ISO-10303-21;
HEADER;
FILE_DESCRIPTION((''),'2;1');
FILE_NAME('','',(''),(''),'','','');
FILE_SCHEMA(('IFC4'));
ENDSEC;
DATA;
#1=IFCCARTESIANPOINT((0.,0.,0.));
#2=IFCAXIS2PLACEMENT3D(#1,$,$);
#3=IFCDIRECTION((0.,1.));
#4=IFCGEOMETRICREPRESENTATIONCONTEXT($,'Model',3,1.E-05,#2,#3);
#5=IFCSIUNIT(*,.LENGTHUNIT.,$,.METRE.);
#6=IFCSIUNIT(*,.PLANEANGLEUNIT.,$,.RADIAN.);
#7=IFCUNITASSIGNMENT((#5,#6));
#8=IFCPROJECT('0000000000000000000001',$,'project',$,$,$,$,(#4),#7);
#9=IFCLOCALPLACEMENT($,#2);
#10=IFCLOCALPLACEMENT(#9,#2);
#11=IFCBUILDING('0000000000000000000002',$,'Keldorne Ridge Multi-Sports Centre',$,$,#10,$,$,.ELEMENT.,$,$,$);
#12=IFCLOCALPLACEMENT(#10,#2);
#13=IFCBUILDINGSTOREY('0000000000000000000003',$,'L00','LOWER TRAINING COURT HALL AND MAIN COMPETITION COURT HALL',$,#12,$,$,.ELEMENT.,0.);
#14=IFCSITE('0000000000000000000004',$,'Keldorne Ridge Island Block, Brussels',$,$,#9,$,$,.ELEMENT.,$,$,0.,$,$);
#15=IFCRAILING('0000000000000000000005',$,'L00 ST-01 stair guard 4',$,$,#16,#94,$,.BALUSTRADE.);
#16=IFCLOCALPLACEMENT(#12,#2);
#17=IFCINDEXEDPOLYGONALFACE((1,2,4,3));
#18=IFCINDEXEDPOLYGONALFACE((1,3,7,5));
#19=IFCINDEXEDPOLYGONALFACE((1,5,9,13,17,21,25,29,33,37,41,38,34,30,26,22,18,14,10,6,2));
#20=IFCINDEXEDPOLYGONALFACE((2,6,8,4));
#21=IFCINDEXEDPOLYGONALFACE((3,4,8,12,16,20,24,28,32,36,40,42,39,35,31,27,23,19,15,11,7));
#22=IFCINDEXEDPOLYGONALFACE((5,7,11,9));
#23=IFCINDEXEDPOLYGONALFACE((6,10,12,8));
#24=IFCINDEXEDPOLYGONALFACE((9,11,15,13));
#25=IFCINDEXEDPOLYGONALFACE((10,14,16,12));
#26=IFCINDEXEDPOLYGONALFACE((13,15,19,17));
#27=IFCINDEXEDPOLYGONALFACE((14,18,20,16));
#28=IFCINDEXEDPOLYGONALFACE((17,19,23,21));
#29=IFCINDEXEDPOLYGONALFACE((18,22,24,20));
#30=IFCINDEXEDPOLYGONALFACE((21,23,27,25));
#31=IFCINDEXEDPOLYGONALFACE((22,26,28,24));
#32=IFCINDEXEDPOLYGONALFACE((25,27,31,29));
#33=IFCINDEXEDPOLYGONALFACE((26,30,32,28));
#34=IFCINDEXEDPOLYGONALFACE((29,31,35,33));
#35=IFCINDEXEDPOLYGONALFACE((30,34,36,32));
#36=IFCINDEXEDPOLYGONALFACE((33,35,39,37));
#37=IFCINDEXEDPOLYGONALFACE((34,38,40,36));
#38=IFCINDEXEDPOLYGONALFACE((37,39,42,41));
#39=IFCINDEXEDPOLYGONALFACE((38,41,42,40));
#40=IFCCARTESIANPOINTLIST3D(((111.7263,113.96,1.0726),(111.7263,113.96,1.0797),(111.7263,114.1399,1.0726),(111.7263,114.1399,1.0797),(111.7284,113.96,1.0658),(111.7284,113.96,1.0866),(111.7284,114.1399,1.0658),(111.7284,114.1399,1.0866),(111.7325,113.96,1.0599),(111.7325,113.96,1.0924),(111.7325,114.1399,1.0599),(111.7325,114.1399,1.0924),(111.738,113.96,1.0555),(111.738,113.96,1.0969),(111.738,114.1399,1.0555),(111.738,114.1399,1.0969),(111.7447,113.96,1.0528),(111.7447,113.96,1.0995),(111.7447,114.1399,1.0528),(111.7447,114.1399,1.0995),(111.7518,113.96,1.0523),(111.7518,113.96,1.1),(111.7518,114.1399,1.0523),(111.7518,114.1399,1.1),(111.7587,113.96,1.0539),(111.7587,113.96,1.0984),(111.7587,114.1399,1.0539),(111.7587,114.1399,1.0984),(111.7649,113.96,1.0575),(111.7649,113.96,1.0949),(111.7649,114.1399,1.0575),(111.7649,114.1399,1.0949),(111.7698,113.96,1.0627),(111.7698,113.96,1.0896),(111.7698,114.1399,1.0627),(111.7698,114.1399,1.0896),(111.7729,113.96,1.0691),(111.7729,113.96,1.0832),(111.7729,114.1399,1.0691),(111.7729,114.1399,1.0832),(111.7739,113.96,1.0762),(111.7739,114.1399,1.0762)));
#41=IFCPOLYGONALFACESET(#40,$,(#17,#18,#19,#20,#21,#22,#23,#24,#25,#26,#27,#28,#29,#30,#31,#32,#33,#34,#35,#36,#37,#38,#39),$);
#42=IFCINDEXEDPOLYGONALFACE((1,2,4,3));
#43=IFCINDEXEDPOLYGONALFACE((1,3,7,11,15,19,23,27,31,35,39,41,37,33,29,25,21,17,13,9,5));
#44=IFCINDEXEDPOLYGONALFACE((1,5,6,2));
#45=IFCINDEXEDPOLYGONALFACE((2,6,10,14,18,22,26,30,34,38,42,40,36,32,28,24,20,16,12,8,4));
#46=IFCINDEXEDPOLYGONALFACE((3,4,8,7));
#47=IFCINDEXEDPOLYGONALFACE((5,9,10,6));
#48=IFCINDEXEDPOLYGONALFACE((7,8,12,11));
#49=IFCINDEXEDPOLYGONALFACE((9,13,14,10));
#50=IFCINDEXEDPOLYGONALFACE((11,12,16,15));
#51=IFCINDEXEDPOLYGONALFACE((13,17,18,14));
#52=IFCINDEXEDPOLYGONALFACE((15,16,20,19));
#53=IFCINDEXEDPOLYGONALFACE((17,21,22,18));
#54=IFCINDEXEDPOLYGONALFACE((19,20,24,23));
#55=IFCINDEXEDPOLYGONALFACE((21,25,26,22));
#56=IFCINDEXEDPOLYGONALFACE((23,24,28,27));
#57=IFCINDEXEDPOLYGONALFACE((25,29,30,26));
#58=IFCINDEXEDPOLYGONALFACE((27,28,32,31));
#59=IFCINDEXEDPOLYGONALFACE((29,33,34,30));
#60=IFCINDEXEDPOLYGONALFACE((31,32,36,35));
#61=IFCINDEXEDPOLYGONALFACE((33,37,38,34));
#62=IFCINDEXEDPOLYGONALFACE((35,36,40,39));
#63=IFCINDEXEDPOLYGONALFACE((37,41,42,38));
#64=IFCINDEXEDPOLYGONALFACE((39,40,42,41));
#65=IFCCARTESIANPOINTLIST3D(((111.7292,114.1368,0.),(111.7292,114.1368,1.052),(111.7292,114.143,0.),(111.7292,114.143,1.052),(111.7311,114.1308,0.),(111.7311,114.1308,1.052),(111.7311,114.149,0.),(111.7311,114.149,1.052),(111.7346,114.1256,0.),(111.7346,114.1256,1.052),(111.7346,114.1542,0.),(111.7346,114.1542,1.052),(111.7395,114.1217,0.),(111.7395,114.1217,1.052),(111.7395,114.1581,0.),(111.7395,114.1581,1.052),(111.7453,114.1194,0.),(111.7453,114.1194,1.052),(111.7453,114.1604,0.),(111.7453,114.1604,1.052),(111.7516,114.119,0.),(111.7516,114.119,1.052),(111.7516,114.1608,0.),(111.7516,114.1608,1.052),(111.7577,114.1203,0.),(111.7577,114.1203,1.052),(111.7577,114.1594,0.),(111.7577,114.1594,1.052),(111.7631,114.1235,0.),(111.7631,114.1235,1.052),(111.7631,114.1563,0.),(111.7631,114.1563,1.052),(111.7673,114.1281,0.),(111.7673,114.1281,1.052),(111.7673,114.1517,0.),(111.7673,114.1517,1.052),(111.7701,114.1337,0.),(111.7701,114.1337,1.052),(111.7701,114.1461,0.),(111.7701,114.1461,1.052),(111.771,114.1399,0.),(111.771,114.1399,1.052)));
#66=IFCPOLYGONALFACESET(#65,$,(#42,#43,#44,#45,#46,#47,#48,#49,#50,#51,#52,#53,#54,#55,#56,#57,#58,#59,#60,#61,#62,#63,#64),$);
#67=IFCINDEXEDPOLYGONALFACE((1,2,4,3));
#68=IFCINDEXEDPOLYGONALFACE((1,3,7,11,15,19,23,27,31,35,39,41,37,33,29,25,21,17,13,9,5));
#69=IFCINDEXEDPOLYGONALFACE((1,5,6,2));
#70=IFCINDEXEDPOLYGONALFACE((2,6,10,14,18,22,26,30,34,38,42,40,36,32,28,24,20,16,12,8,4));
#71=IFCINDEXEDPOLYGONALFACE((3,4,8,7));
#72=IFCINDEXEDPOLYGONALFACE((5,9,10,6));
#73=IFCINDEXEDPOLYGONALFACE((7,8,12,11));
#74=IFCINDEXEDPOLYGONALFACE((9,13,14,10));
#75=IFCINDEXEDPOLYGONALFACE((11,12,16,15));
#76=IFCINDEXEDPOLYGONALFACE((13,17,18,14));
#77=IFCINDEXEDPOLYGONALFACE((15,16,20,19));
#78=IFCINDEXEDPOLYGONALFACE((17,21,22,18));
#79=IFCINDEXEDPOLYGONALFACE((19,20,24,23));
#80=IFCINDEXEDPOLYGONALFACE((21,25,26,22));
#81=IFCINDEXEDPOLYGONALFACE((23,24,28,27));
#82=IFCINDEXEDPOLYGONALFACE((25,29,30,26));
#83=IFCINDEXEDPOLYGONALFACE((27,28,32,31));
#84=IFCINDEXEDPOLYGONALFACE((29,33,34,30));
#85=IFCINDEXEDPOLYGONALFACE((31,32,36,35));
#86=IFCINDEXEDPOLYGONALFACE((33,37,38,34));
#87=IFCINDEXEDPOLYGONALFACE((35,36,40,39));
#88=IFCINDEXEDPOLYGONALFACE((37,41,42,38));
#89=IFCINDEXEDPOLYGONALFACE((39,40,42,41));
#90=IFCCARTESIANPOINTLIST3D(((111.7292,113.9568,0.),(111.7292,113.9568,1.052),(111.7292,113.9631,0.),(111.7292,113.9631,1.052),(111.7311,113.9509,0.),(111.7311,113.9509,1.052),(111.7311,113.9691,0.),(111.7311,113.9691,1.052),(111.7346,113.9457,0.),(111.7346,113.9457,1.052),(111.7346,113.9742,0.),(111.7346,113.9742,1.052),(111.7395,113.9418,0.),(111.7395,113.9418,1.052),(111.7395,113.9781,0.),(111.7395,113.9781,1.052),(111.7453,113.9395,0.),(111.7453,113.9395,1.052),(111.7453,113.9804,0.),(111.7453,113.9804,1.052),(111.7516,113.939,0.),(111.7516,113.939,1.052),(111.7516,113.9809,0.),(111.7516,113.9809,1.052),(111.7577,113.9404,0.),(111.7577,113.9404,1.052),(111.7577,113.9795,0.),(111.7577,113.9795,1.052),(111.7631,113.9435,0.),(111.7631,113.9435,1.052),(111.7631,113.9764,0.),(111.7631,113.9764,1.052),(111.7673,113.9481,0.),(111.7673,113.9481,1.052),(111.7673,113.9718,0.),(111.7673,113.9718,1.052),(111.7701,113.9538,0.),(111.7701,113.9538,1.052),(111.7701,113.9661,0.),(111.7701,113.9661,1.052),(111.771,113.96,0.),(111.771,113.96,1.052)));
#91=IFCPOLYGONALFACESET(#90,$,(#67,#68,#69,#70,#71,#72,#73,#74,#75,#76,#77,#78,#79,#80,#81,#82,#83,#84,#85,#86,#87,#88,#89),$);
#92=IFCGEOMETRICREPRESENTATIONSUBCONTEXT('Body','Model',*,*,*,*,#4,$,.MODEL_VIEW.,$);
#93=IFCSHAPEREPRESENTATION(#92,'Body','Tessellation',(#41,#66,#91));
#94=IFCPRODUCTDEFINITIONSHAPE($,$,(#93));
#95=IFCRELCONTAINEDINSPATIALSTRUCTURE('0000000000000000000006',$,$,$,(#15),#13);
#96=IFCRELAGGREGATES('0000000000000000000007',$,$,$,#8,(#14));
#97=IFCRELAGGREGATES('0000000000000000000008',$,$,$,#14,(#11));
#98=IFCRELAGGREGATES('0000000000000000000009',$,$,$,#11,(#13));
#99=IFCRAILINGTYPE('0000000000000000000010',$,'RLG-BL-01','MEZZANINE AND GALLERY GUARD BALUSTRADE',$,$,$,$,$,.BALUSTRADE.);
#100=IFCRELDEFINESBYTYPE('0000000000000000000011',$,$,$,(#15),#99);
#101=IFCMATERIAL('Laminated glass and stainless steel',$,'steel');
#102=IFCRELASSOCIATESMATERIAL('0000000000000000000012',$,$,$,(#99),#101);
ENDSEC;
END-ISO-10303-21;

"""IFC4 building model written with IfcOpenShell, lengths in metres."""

from ifc_helpers import new_model, si_unit, direction, frame, origin, origin_2d, place, context, subcontext, project, spatial, circle, extrude, material, type_object, element, save


model = new_model("IFC4")

# Units and contexts
model_context = context("Model", 3, precision=1e-05, world=origin(), true_north=direction((0.0, 1.0)))
body_context = subcontext(model_context, "Body", "Model", "MODEL_VIEW")
ifc_project = project(units=[si_unit("LENGTHUNIT", "METRE"), si_unit("PLANEANGLEUNIT", "RADIAN")], contexts=[model_context])

# Site, building, storey
site_placement = place(None, origin())
site = spatial("IfcSite", under=ifc_project, at=site_placement, Name="Keldorne Ridge Island Block, Brussels", CompositionType="ELEMENT", RefElevation=0.0)
building_placement = place(site_placement, origin())
building = spatial("IfcBuilding", under=site, at=building_placement, Name="Keldorne Ridge Multi-Sports Centre", CompositionType="ELEMENT")
storey_placement = place(building_placement, origin())
storey = spatial("IfcBuildingStorey", under=building, at=storey_placement, Name="L00", Description="LOWER TRAINING COURT HALL AND MAIN COMPETITION COURT HALL", CompositionType="ELEMENT", Elevation=0.0)

# Railing
ifc_material_1 = material(Name="Laminated glass and stainless steel", Category="steel")
railing_type_1 = type_object("IfcRailingType", Name="RLG-BL-01", Description="MEZZANINE AND GALLERY GUARD BALUSTRADE", PredefinedType="BALUSTRADE", material=ifc_material_1)
railing_1_placement = place(storey_placement, frame((111.75, 114.1399, 0.0)))
element("IfcRailing", 1, at=railing_1_placement, inside=storey, type_object=railing_type_1, Name="L00 ST-01 stair guard 4", PredefinedType="BALUSTRADE", context=body_context, shape_type="SweptSolid", body=[
    extrude(circle(Radius=0.0239, at=origin_2d()), frame((0.0, 0.0, 1.0762), z_axis=(0.0, -1.0, 0.0), x_axis=(1.0, 0.0, 0.0)), (0.0, 0.0, 1.0), 0.1799),
    extrude(circle(Radius=0.021, at=origin_2d()), origin(), (0.0, 0.0, 1.0), 1.052),
    extrude(circle(Radius=0.021, at=origin_2d()), frame((0.0, -0.1799, 0.0)), (0.0, 0.0, 1.0), 1.052),
])

save(model, "model.ifc")
